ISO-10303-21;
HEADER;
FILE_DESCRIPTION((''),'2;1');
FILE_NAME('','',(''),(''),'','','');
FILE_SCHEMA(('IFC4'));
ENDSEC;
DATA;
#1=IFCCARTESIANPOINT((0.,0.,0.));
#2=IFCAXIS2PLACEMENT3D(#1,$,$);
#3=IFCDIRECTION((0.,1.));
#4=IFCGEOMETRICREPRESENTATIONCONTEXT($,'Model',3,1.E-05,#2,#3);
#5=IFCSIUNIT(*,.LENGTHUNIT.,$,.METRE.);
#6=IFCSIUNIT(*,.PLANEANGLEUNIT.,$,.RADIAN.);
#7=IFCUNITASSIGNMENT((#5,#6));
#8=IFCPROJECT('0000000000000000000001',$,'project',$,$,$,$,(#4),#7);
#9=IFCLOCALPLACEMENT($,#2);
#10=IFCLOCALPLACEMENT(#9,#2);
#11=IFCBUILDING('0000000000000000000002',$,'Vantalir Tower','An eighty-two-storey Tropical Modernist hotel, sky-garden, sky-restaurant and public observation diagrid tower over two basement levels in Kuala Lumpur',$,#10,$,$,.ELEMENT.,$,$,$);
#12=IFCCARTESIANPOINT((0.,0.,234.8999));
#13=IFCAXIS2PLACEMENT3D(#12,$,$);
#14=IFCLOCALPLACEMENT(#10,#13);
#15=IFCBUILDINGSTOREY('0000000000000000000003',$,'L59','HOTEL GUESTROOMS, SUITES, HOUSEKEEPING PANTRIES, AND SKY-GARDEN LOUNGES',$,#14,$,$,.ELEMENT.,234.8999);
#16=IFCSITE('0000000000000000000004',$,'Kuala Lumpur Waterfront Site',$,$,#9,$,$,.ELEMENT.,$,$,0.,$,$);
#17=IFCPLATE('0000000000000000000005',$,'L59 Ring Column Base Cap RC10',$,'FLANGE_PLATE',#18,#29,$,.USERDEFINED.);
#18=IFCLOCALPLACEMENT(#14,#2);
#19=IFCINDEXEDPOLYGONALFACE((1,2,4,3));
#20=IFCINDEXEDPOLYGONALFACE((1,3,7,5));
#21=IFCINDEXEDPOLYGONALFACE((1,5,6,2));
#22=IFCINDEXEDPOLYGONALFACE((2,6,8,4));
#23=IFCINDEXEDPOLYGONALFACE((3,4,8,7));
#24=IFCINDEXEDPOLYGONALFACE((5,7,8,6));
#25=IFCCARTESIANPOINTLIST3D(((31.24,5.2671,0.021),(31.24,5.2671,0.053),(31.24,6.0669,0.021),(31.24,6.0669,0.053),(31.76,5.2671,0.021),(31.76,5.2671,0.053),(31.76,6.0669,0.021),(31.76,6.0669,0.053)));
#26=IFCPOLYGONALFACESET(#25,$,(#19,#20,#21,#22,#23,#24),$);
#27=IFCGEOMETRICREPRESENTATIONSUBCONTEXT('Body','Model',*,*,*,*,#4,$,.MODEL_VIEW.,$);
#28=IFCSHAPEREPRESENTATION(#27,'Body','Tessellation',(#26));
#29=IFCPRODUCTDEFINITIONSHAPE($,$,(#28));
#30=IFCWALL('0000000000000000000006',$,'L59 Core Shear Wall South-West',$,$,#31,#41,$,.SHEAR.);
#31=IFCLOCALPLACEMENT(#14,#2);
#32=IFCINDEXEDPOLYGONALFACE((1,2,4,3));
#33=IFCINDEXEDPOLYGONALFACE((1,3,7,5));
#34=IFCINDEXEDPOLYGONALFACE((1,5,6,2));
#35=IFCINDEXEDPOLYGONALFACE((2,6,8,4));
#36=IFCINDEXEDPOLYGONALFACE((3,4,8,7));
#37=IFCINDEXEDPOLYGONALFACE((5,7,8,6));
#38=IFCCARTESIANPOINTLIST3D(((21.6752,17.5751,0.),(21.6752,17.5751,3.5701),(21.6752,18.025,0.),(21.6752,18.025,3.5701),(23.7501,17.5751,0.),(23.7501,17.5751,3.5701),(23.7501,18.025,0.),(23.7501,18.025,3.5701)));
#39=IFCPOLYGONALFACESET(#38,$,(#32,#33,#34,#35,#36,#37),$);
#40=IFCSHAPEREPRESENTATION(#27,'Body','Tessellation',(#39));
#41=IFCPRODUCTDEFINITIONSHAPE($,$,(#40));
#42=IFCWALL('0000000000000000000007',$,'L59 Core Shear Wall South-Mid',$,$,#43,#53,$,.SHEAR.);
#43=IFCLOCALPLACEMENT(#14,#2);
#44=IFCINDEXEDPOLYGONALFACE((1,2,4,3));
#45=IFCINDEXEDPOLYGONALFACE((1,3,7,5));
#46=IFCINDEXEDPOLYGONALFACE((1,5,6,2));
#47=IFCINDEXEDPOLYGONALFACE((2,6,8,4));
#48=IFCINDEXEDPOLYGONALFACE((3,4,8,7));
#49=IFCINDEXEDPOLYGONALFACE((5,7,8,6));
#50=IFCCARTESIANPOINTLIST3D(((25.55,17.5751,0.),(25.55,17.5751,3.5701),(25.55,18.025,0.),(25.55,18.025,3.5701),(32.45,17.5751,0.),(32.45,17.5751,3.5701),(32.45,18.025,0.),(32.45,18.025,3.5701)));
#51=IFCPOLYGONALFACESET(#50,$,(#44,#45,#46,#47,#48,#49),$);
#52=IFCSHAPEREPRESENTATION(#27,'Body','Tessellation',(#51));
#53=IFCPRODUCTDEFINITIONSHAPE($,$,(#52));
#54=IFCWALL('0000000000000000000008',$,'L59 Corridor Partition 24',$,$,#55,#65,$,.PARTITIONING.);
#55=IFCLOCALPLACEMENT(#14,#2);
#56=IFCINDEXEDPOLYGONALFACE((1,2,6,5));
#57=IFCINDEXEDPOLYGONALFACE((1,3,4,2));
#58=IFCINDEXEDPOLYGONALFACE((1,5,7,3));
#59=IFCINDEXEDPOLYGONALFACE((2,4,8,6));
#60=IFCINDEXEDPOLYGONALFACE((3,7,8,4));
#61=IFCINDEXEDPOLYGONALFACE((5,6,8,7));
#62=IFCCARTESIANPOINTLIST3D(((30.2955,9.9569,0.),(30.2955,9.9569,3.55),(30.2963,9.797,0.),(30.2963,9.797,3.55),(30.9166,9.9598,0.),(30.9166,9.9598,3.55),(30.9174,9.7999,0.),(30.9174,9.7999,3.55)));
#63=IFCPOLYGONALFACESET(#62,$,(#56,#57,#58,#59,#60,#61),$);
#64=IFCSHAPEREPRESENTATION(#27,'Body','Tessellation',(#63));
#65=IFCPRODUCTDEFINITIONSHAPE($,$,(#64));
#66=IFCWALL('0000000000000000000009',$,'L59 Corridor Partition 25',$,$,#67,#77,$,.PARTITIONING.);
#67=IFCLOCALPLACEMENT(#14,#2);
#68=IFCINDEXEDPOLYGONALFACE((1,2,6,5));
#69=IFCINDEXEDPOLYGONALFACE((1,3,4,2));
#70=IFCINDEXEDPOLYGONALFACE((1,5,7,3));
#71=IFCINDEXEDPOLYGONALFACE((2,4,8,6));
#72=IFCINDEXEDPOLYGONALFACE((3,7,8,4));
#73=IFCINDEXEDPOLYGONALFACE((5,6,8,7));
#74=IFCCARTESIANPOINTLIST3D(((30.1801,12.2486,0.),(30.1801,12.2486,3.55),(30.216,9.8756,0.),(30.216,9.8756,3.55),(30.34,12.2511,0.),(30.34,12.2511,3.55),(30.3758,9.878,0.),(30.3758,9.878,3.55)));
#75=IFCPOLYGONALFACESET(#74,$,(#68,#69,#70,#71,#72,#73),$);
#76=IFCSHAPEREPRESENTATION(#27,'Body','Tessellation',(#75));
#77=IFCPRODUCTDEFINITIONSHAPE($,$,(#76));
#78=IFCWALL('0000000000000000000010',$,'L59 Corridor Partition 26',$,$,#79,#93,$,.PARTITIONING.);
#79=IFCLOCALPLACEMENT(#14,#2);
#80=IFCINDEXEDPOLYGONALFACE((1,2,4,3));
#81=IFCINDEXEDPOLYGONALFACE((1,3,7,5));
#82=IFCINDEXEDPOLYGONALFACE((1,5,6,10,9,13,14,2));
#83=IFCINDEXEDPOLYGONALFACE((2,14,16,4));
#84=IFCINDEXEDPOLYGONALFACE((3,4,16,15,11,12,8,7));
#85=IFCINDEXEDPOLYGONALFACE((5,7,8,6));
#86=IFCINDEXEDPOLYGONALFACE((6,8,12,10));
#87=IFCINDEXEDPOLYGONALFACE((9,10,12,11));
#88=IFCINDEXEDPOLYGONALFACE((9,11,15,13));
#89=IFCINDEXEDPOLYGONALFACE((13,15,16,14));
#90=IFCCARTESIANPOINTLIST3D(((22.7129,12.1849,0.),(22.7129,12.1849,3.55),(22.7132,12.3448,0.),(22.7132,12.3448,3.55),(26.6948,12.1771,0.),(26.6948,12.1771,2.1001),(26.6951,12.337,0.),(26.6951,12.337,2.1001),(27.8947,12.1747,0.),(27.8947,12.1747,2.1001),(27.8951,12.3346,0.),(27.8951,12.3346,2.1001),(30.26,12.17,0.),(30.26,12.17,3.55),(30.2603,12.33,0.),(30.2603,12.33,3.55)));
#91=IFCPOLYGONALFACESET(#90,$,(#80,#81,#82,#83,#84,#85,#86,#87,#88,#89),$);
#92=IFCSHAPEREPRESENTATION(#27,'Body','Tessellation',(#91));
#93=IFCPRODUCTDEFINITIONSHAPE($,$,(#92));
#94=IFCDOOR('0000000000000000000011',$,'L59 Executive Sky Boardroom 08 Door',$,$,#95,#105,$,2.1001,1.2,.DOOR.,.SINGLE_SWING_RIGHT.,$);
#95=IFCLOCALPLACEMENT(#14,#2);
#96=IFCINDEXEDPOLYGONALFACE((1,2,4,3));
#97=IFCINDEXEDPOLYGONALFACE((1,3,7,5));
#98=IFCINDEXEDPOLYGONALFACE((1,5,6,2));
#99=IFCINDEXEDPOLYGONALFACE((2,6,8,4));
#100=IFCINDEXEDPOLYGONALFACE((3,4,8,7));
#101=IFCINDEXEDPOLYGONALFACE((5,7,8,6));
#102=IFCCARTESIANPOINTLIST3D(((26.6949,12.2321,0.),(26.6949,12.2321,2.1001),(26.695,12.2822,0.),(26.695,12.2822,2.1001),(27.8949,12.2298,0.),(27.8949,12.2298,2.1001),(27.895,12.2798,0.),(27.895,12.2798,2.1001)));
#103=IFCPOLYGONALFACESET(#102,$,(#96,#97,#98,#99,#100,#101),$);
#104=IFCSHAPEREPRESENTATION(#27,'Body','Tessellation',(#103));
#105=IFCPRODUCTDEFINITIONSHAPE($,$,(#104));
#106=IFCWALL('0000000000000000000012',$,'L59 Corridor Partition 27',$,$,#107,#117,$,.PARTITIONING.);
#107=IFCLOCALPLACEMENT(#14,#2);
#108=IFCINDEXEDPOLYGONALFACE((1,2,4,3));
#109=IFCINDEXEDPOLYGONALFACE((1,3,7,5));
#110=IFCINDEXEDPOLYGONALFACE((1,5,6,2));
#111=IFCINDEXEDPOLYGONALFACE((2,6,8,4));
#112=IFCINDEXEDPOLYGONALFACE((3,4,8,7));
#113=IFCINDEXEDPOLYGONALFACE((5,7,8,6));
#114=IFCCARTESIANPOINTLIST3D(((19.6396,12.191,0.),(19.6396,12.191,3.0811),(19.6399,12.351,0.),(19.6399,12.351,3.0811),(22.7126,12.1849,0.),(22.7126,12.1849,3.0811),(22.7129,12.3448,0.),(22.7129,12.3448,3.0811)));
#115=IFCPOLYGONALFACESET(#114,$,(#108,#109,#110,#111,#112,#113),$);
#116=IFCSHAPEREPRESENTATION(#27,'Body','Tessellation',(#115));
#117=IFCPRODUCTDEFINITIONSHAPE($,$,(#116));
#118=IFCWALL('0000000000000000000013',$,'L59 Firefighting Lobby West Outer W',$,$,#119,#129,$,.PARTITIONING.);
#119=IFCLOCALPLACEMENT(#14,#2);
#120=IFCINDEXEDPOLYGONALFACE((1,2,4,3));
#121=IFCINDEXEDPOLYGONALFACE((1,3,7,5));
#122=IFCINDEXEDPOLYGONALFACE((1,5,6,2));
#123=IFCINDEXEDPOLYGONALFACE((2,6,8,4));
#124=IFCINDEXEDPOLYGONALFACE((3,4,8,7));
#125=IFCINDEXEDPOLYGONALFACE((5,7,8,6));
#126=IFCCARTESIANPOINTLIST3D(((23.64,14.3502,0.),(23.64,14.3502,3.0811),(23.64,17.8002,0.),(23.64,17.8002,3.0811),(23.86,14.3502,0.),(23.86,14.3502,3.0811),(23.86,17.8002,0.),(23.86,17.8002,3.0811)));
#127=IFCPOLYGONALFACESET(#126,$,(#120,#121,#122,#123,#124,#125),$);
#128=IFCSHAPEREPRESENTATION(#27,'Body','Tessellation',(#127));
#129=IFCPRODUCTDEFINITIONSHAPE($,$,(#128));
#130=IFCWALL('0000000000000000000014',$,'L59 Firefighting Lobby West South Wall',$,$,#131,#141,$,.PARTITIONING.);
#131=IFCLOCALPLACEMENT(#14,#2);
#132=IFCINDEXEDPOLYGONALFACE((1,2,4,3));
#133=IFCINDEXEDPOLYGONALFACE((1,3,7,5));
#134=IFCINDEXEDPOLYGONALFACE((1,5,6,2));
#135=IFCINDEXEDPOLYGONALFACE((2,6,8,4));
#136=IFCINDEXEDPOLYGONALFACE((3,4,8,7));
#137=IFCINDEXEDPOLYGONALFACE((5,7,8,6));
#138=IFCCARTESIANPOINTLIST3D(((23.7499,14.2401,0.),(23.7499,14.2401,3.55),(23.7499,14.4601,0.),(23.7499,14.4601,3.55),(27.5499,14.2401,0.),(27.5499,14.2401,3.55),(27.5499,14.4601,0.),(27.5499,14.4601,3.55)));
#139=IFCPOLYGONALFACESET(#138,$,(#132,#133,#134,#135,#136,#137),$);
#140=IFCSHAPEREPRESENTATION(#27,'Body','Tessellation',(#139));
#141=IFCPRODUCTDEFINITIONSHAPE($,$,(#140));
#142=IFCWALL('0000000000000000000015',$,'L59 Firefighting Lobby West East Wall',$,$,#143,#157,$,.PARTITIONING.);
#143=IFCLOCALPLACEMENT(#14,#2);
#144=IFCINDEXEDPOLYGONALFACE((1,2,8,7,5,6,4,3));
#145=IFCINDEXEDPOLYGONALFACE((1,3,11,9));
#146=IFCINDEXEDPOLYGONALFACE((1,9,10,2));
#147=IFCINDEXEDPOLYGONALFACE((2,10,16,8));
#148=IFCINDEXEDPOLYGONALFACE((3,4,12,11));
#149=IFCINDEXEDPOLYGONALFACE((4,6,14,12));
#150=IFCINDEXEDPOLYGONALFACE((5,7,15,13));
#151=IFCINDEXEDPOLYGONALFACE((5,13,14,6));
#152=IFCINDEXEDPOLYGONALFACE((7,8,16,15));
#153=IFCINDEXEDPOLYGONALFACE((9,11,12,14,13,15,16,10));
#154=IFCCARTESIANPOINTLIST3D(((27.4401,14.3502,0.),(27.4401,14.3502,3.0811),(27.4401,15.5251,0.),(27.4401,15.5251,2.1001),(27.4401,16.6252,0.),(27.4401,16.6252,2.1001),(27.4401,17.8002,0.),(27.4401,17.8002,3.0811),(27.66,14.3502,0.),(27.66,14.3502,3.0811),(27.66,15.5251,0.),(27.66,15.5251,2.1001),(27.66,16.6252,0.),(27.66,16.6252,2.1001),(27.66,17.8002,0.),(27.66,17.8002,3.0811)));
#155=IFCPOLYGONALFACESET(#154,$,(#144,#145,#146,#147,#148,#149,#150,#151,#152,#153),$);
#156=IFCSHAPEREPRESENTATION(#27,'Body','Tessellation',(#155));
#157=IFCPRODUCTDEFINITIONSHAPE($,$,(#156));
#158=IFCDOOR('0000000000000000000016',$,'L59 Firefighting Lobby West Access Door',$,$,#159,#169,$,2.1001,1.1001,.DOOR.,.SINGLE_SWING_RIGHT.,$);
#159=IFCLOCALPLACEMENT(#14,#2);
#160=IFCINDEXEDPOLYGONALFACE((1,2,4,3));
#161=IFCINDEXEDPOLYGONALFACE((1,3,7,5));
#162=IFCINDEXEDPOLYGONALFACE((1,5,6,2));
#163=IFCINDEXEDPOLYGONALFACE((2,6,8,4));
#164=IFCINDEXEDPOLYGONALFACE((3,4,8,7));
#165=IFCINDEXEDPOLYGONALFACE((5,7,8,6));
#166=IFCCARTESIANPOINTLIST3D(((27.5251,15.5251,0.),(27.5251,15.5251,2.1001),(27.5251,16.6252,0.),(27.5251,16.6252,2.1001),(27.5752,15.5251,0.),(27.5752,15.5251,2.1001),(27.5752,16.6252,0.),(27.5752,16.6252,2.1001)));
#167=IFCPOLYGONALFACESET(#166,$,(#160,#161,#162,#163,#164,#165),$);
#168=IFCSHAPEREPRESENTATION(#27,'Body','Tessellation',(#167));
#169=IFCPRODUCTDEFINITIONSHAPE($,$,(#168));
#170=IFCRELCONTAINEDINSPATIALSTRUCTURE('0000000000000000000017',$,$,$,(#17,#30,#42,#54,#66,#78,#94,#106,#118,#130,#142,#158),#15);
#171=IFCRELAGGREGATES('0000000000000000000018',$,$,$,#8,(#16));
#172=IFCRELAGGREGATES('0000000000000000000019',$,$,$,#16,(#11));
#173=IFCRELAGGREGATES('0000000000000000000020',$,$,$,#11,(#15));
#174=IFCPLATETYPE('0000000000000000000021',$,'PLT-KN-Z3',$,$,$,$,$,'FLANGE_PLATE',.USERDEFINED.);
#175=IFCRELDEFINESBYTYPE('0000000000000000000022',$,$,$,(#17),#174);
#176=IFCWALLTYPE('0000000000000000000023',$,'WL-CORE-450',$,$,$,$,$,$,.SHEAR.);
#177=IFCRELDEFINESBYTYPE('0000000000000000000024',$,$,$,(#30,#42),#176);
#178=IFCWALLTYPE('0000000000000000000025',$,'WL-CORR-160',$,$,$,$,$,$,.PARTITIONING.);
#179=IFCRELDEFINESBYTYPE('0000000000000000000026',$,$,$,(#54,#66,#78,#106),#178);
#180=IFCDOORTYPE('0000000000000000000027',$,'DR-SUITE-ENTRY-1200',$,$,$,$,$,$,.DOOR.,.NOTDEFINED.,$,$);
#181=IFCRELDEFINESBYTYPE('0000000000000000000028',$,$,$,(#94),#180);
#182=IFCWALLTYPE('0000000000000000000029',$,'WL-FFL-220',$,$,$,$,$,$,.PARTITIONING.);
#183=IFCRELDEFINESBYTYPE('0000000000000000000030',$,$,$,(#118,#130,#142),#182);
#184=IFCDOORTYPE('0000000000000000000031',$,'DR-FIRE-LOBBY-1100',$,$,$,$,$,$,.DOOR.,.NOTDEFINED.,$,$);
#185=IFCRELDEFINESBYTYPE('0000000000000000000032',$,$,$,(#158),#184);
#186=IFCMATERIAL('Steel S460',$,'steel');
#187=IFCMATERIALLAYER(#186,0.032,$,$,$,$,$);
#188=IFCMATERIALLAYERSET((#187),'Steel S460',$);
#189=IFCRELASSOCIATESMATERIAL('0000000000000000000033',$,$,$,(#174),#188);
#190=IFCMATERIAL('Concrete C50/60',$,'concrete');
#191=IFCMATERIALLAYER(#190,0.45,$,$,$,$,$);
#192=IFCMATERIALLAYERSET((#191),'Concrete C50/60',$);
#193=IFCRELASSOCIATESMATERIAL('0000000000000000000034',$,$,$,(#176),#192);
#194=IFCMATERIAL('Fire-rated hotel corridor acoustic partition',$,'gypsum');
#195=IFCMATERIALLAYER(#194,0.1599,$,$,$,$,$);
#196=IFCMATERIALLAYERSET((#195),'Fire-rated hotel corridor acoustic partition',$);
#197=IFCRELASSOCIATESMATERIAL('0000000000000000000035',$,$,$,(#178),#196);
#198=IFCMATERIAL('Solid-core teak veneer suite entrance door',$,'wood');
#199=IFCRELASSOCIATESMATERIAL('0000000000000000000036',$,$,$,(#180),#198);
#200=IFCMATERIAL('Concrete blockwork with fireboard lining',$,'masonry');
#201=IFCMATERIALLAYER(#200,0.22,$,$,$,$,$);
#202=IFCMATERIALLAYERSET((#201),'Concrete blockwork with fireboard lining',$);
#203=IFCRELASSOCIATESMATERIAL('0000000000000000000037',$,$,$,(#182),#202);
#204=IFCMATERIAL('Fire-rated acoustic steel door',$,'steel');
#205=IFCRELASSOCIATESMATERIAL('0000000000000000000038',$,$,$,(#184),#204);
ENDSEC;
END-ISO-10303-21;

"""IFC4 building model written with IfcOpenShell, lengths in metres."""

from ifc_helpers import new_model, si_unit, direction, frame, frame_2d, origin, place, context, subcontext, project, spatial, polyline, rectangle, outline, extrude, material, layer, layer_set, type_object, element, fill, save


model = new_model("IFC4")

# Units and contexts
model_context = context("Model", 3, precision=1e-05, world=origin(), true_north=direction((0.0, 1.0)))
body_context = subcontext(model_context, "Body", "Model", "MODEL_VIEW")
ifc_project = project(units=[si_unit("LENGTHUNIT", "METRE"), si_unit("PLANEANGLEUNIT", "RADIAN")], contexts=[model_context])

# Site, building, storey
site_placement = place(None, origin())
site = spatial("IfcSite", under=ifc_project, at=site_placement, Name="Kuala Lumpur Waterfront Site", CompositionType="ELEMENT", RefElevation=0.0)
building_placement = place(site_placement, origin())
building = spatial("IfcBuilding", under=site, at=building_placement, Name="Vantalir Tower", Description="An eighty-two-storey Tropical Modernist hotel, sky-garden, sky-restaurant and public observation diagrid tower over two basement levels in Kuala Lumpur", CompositionType="ELEMENT")
storey_placement = place(building_placement, frame((0.0, 0.0, 234.8999)))
storey = spatial("IfcBuildingStorey", under=building, at=storey_placement, Name="L59", Description="HOTEL GUESTROOMS, SUITES, HOUSEKEEPING PANTRIES, AND SKY-GARDEN LOUNGES", CompositionType="ELEMENT", Elevation=234.8999)

# Shared definitions
ifc_material_1 = material(Name="Concrete C50/60", Category="concrete")

# Plate
ifc_material_2 = material(Name="Steel S460", Category="steel")
ifc_layer_1 = layer(ifc_material_2, 0.032)
ifc_layer_set_1 = layer_set([ifc_layer_1], Name="Steel S460")
plate_type_1 = type_object("IfcPlateType", Name="PLT-KN-Z3", ElementType="FLANGE_PLATE", PredefinedType="USERDEFINED", material=ifc_layer_set_1)
for number, where, z_axis, x_axis, name in (
    (1, (31.24, 6.0669, 0.053), (0.0, 0.0, 1.0), (0.0, -1.0, 0.0), "L59 Ring Column Base Cap RC10"),
):
    element("IfcPlate", number, at=place(storey_placement, frame(where, z_axis=z_axis, x_axis=x_axis)), inside=storey, type_object=plate_type_1, Name=name, ObjectType="FLANGE_PLATE", PredefinedType="USERDEFINED", context=body_context, shape_type="SweptSolid", body=[
        extrude(outline(polyline([(0.0, 0.0), (0.7998, 0.0), (0.7998, 0.52), (0.0, 0.52), (0.0, 0.0)])), origin(), (0.0, 0.0, -1.0), 0.032),
    ])

# Walls
ifc_layer_2 = layer(ifc_material_1, 0.45)
ifc_layer_set_2 = layer_set([ifc_layer_2], Name="Concrete C50/60")
wall_type_1 = type_object("IfcWallType", Name="WL-CORE-450", PredefinedType="SHEAR", material=ifc_layer_set_2)
wall_1_placement = place(storey_placement, frame((21.675, 17.8, 0.0), z_axis=(0.0, 0.0, 1.0), x_axis=(1.0, 0.0, 0.0)))
element("IfcWall", 2, at=wall_1_placement, inside=storey, type_object=wall_type_1, Name="L59 Core Shear Wall South-West", PredefinedType="SHEAR", context=body_context, shape_type="SweptSolid", body=[
    extrude(rectangle(XDim=2.075, YDim=0.45, at=frame_2d((1.0376, 0.0))), origin(), (0.0, 0.0, 1.0), 3.5701),
])
wall_2_placement = place(storey_placement, frame((25.55, 17.8, 0.0), z_axis=(0.0, 0.0, 1.0), x_axis=(1.0, 0.0, 0.0)))
element("IfcWall", 3, at=wall_2_placement, inside=storey, type_object=wall_type_1, Name="L59 Core Shear Wall South-Mid", PredefinedType="SHEAR", context=body_context, shape_type="SweptSolid", body=[
    extrude(rectangle(XDim=6.8999, YDim=0.45, at=frame_2d((3.45, 0.0))), origin(), (0.0, 0.0, 1.0), 3.5701),
])
ifc_material_3 = material(Name="Fire-rated hotel corridor acoustic partition", Category="gypsum")
ifc_layer_3 = layer(ifc_material_3, 0.1599)
ifc_layer_set_3 = layer_set([ifc_layer_3], Name="Fire-rated hotel corridor acoustic partition")
wall_type_2 = type_object("IfcWallType", Name="WL-CORR-160", PredefinedType="PARTITIONING", material=ifc_layer_set_3)
wall_3_placement = place(storey_placement, frame((30.917, 9.8799, 0.0), z_axis=(0.0, 0.0, 1.0), x_axis=(-0.999989, -0.004717, 0.0)))
element("IfcWall", 4, at=wall_3_placement, inside=storey, type_object=wall_type_2, Name="L59 Corridor Partition 24", PredefinedType="PARTITIONING", context=body_context, shape_type="SweptSolid", body=[
    extrude(rectangle(XDim=0.6211, YDim=0.1599, at=frame_2d((0.3105, 0.0))), origin(), (0.0, 0.0, 1.0), 3.55),
])
wall_4_placement = place(storey_placement, frame((30.2959, 9.877, 0.0), z_axis=(0.0, 0.0, 1.0), x_axis=(-0.015122, 0.999886, 0.0)))
element("IfcWall", 5, at=wall_4_placement, inside=storey, type_object=wall_type_2, Name="L59 Corridor Partition 25", PredefinedType="PARTITIONING", context=body_context, shape_type="SweptSolid", body=[
    extrude(rectangle(XDim=2.3733, YDim=0.1599, at=frame_2d((1.1865, 0.0))), origin(), (0.0, 0.0, 1.0), 3.55),
])

# Wall, opening, door
wall_5_placement = place(storey_placement, frame((30.26, 12.25, 0.0), z_axis=(0.0, 0.0, 1.0), x_axis=(-0.999998, 0.001973, 0.0)))
wall_5 = element("IfcWall", 6, at=wall_5_placement, inside=storey, type_object=wall_type_2, Name="L59 Corridor Partition 26", PredefinedType="PARTITIONING", context=body_context, shape_type="SweptSolid", body=[
    extrude(rectangle(XDim=7.5471, YDim=0.1599, at=frame_2d((3.7734, 0.0))), origin(), (0.0, 0.0, 1.0), 3.55),
])
opening_1_placement = place(wall_5_placement, frame((2.365, 0.0, 0.0)))
opening_1 = element("IfcOpeningElement", 7, at=opening_1_placement, cuts=wall_5, PredefinedType="OPENING", context=body_context, shape_type="SweptSolid", body=[
    extrude(rectangle(XDim=1.2, YDim=2.1001, at=frame_2d((0.6001, 1.05))), frame((0.0, 0.0898, 0.0), z_axis=(0.0, -1.0, 0.0), x_axis=(1.0, 0.0, 0.0)), (0.0, 0.0, 1.0), 0.1799),
])
ifc_material_4 = material(Name="Solid-core teak veneer suite entrance door", Category="wood")
door_type_1 = type_object("IfcDoorType", Name="DR-SUITE-ENTRY-1200", OperationType="NOTDEFINED", PredefinedType="DOOR", material=ifc_material_4)
door_1_placement = place(opening_1_placement, origin())
door_1 = element("IfcDoor", 8, at=door_1_placement, inside=storey, type_object=door_type_1, Name="L59 Executive Sky Boardroom 08 Door", OperationType="SINGLE_SWING_RIGHT", OverallHeight=2.1001, OverallWidth=1.2, PredefinedType="DOOR", context=body_context, shape_type="SweptSolid", body=[
    extrude(rectangle(XDim=1.2, YDim=2.1001, at=frame_2d((0.6001, 1.05))), frame((0.0, 0.0249, 0.0), z_axis=(0.0, -1.0, 0.0), x_axis=(1.0, 0.0, 0.0)), (0.0, 0.0, 1.0), 0.05),
])
fill(opening_1, door_1)

# Walls
wall_6_placement = place(storey_placement, frame((22.7129, 12.2649, 0.0), z_axis=(0.0, 0.0, 1.0), x_axis=(-0.999998, 0.001986, 0.0)))
element("IfcWall", 9, at=wall_6_placement, inside=storey, type_object=wall_type_2, Name="L59 Corridor Partition 27", PredefinedType="PARTITIONING", context=body_context, shape_type="SweptSolid", body=[
    extrude(rectangle(XDim=3.073, YDim=0.1599, at=frame_2d((1.5366, 0.0))), origin(), (0.0, 0.0, 1.0), 3.0811),
])
ifc_material_5 = material(Name="Concrete blockwork with fireboard lining", Category="masonry")
ifc_layer_4 = layer(ifc_material_5, 0.22)
ifc_layer_set_4 = layer_set([ifc_layer_4], Name="Concrete blockwork with fireboard lining")
wall_type_3 = type_object("IfcWallType", Name="WL-FFL-220", PredefinedType="PARTITIONING", material=ifc_layer_set_4)
wall_7_placement = place(storey_placement, frame((23.75, 14.3501, 0.0), z_axis=(0.0, 0.0, 1.0), x_axis=(0.0, 1.0, 0.0)))
element("IfcWall", 10, at=wall_7_placement, inside=storey, type_object=wall_type_3, Name="L59 Firefighting Lobby West Outer W", PredefinedType="PARTITIONING", context=body_context, shape_type="SweptSolid", body=[
    extrude(rectangle(XDim=3.45, YDim=0.22, at=frame_2d((1.7251, 0.0))), origin(), (0.0, 0.0, 1.0), 3.0811),
])
wall_8_placement = place(storey_placement, frame((23.75, 14.3501, 0.0), z_axis=(0.0, 0.0, 1.0), x_axis=(1.0, 0.0, 0.0)))
element("IfcWall", 11, at=wall_8_placement, inside=storey, type_object=wall_type_3, Name="L59 Firefighting Lobby West South Wall", PredefinedType="PARTITIONING", context=body_context, shape_type="SweptSolid", body=[
    extrude(rectangle(XDim=3.8, YDim=0.22, at=frame_2d((1.8999, 0.0))), origin(), (0.0, 0.0, 1.0), 3.55),
])

# Wall, opening, door
wall_9_placement = place(storey_placement, frame((27.55, 14.3501, 0.0), z_axis=(0.0, 0.0, 1.0), x_axis=(0.0, 1.0, 0.0)))
wall_9 = element("IfcWall", 12, at=wall_9_placement, inside=storey, type_object=wall_type_3, Name="L59 Firefighting Lobby West East Wall", PredefinedType="PARTITIONING", context=body_context, shape_type="SweptSolid", body=[
    extrude(rectangle(XDim=3.45, YDim=0.22, at=frame_2d((1.7251, 0.0))), origin(), (0.0, 0.0, 1.0), 3.0811),
])
opening_2_placement = place(wall_9_placement, frame((1.175, 0.0, 0.0)))
opening_2 = element("IfcOpeningElement", 13, at=opening_2_placement, cuts=wall_9, PredefinedType="OPENING", context=body_context, shape_type="SweptSolid", body=[
    extrude(rectangle(XDim=1.1001, YDim=2.1001, at=frame_2d((0.55, 1.05))), frame((0.0, 0.1199, 0.0), z_axis=(0.0, -1.0, 0.0), x_axis=(1.0, 0.0, 0.0)), (0.0, 0.0, 1.0), 0.24),
])
ifc_material_6 = material(Name="Fire-rated acoustic steel door", Category="steel")
door_type_2 = type_object("IfcDoorType", Name="DR-FIRE-LOBBY-1100", OperationType="NOTDEFINED", PredefinedType="DOOR", material=ifc_material_6)
door_2_placement = place(opening_2_placement, origin())
door_2 = element("IfcDoor", 14, at=door_2_placement, inside=storey, type_object=door_type_2, Name="L59 Firefighting Lobby West Access Door", OperationType="SINGLE_SWING_RIGHT", OverallHeight=2.1001, OverallWidth=1.1001, PredefinedType="DOOR", context=body_context, shape_type="SweptSolid", body=[
    extrude(rectangle(XDim=1.1001, YDim=2.1001, at=frame_2d((0.55, 1.05))), frame((0.0, 0.0249, 0.0), z_axis=(0.0, -1.0, 0.0), x_axis=(1.0, 0.0, 0.0)), (0.0, 0.0, 1.0), 0.05),
])
fill(opening_2, door_2)

save(model, "model.ifc")
